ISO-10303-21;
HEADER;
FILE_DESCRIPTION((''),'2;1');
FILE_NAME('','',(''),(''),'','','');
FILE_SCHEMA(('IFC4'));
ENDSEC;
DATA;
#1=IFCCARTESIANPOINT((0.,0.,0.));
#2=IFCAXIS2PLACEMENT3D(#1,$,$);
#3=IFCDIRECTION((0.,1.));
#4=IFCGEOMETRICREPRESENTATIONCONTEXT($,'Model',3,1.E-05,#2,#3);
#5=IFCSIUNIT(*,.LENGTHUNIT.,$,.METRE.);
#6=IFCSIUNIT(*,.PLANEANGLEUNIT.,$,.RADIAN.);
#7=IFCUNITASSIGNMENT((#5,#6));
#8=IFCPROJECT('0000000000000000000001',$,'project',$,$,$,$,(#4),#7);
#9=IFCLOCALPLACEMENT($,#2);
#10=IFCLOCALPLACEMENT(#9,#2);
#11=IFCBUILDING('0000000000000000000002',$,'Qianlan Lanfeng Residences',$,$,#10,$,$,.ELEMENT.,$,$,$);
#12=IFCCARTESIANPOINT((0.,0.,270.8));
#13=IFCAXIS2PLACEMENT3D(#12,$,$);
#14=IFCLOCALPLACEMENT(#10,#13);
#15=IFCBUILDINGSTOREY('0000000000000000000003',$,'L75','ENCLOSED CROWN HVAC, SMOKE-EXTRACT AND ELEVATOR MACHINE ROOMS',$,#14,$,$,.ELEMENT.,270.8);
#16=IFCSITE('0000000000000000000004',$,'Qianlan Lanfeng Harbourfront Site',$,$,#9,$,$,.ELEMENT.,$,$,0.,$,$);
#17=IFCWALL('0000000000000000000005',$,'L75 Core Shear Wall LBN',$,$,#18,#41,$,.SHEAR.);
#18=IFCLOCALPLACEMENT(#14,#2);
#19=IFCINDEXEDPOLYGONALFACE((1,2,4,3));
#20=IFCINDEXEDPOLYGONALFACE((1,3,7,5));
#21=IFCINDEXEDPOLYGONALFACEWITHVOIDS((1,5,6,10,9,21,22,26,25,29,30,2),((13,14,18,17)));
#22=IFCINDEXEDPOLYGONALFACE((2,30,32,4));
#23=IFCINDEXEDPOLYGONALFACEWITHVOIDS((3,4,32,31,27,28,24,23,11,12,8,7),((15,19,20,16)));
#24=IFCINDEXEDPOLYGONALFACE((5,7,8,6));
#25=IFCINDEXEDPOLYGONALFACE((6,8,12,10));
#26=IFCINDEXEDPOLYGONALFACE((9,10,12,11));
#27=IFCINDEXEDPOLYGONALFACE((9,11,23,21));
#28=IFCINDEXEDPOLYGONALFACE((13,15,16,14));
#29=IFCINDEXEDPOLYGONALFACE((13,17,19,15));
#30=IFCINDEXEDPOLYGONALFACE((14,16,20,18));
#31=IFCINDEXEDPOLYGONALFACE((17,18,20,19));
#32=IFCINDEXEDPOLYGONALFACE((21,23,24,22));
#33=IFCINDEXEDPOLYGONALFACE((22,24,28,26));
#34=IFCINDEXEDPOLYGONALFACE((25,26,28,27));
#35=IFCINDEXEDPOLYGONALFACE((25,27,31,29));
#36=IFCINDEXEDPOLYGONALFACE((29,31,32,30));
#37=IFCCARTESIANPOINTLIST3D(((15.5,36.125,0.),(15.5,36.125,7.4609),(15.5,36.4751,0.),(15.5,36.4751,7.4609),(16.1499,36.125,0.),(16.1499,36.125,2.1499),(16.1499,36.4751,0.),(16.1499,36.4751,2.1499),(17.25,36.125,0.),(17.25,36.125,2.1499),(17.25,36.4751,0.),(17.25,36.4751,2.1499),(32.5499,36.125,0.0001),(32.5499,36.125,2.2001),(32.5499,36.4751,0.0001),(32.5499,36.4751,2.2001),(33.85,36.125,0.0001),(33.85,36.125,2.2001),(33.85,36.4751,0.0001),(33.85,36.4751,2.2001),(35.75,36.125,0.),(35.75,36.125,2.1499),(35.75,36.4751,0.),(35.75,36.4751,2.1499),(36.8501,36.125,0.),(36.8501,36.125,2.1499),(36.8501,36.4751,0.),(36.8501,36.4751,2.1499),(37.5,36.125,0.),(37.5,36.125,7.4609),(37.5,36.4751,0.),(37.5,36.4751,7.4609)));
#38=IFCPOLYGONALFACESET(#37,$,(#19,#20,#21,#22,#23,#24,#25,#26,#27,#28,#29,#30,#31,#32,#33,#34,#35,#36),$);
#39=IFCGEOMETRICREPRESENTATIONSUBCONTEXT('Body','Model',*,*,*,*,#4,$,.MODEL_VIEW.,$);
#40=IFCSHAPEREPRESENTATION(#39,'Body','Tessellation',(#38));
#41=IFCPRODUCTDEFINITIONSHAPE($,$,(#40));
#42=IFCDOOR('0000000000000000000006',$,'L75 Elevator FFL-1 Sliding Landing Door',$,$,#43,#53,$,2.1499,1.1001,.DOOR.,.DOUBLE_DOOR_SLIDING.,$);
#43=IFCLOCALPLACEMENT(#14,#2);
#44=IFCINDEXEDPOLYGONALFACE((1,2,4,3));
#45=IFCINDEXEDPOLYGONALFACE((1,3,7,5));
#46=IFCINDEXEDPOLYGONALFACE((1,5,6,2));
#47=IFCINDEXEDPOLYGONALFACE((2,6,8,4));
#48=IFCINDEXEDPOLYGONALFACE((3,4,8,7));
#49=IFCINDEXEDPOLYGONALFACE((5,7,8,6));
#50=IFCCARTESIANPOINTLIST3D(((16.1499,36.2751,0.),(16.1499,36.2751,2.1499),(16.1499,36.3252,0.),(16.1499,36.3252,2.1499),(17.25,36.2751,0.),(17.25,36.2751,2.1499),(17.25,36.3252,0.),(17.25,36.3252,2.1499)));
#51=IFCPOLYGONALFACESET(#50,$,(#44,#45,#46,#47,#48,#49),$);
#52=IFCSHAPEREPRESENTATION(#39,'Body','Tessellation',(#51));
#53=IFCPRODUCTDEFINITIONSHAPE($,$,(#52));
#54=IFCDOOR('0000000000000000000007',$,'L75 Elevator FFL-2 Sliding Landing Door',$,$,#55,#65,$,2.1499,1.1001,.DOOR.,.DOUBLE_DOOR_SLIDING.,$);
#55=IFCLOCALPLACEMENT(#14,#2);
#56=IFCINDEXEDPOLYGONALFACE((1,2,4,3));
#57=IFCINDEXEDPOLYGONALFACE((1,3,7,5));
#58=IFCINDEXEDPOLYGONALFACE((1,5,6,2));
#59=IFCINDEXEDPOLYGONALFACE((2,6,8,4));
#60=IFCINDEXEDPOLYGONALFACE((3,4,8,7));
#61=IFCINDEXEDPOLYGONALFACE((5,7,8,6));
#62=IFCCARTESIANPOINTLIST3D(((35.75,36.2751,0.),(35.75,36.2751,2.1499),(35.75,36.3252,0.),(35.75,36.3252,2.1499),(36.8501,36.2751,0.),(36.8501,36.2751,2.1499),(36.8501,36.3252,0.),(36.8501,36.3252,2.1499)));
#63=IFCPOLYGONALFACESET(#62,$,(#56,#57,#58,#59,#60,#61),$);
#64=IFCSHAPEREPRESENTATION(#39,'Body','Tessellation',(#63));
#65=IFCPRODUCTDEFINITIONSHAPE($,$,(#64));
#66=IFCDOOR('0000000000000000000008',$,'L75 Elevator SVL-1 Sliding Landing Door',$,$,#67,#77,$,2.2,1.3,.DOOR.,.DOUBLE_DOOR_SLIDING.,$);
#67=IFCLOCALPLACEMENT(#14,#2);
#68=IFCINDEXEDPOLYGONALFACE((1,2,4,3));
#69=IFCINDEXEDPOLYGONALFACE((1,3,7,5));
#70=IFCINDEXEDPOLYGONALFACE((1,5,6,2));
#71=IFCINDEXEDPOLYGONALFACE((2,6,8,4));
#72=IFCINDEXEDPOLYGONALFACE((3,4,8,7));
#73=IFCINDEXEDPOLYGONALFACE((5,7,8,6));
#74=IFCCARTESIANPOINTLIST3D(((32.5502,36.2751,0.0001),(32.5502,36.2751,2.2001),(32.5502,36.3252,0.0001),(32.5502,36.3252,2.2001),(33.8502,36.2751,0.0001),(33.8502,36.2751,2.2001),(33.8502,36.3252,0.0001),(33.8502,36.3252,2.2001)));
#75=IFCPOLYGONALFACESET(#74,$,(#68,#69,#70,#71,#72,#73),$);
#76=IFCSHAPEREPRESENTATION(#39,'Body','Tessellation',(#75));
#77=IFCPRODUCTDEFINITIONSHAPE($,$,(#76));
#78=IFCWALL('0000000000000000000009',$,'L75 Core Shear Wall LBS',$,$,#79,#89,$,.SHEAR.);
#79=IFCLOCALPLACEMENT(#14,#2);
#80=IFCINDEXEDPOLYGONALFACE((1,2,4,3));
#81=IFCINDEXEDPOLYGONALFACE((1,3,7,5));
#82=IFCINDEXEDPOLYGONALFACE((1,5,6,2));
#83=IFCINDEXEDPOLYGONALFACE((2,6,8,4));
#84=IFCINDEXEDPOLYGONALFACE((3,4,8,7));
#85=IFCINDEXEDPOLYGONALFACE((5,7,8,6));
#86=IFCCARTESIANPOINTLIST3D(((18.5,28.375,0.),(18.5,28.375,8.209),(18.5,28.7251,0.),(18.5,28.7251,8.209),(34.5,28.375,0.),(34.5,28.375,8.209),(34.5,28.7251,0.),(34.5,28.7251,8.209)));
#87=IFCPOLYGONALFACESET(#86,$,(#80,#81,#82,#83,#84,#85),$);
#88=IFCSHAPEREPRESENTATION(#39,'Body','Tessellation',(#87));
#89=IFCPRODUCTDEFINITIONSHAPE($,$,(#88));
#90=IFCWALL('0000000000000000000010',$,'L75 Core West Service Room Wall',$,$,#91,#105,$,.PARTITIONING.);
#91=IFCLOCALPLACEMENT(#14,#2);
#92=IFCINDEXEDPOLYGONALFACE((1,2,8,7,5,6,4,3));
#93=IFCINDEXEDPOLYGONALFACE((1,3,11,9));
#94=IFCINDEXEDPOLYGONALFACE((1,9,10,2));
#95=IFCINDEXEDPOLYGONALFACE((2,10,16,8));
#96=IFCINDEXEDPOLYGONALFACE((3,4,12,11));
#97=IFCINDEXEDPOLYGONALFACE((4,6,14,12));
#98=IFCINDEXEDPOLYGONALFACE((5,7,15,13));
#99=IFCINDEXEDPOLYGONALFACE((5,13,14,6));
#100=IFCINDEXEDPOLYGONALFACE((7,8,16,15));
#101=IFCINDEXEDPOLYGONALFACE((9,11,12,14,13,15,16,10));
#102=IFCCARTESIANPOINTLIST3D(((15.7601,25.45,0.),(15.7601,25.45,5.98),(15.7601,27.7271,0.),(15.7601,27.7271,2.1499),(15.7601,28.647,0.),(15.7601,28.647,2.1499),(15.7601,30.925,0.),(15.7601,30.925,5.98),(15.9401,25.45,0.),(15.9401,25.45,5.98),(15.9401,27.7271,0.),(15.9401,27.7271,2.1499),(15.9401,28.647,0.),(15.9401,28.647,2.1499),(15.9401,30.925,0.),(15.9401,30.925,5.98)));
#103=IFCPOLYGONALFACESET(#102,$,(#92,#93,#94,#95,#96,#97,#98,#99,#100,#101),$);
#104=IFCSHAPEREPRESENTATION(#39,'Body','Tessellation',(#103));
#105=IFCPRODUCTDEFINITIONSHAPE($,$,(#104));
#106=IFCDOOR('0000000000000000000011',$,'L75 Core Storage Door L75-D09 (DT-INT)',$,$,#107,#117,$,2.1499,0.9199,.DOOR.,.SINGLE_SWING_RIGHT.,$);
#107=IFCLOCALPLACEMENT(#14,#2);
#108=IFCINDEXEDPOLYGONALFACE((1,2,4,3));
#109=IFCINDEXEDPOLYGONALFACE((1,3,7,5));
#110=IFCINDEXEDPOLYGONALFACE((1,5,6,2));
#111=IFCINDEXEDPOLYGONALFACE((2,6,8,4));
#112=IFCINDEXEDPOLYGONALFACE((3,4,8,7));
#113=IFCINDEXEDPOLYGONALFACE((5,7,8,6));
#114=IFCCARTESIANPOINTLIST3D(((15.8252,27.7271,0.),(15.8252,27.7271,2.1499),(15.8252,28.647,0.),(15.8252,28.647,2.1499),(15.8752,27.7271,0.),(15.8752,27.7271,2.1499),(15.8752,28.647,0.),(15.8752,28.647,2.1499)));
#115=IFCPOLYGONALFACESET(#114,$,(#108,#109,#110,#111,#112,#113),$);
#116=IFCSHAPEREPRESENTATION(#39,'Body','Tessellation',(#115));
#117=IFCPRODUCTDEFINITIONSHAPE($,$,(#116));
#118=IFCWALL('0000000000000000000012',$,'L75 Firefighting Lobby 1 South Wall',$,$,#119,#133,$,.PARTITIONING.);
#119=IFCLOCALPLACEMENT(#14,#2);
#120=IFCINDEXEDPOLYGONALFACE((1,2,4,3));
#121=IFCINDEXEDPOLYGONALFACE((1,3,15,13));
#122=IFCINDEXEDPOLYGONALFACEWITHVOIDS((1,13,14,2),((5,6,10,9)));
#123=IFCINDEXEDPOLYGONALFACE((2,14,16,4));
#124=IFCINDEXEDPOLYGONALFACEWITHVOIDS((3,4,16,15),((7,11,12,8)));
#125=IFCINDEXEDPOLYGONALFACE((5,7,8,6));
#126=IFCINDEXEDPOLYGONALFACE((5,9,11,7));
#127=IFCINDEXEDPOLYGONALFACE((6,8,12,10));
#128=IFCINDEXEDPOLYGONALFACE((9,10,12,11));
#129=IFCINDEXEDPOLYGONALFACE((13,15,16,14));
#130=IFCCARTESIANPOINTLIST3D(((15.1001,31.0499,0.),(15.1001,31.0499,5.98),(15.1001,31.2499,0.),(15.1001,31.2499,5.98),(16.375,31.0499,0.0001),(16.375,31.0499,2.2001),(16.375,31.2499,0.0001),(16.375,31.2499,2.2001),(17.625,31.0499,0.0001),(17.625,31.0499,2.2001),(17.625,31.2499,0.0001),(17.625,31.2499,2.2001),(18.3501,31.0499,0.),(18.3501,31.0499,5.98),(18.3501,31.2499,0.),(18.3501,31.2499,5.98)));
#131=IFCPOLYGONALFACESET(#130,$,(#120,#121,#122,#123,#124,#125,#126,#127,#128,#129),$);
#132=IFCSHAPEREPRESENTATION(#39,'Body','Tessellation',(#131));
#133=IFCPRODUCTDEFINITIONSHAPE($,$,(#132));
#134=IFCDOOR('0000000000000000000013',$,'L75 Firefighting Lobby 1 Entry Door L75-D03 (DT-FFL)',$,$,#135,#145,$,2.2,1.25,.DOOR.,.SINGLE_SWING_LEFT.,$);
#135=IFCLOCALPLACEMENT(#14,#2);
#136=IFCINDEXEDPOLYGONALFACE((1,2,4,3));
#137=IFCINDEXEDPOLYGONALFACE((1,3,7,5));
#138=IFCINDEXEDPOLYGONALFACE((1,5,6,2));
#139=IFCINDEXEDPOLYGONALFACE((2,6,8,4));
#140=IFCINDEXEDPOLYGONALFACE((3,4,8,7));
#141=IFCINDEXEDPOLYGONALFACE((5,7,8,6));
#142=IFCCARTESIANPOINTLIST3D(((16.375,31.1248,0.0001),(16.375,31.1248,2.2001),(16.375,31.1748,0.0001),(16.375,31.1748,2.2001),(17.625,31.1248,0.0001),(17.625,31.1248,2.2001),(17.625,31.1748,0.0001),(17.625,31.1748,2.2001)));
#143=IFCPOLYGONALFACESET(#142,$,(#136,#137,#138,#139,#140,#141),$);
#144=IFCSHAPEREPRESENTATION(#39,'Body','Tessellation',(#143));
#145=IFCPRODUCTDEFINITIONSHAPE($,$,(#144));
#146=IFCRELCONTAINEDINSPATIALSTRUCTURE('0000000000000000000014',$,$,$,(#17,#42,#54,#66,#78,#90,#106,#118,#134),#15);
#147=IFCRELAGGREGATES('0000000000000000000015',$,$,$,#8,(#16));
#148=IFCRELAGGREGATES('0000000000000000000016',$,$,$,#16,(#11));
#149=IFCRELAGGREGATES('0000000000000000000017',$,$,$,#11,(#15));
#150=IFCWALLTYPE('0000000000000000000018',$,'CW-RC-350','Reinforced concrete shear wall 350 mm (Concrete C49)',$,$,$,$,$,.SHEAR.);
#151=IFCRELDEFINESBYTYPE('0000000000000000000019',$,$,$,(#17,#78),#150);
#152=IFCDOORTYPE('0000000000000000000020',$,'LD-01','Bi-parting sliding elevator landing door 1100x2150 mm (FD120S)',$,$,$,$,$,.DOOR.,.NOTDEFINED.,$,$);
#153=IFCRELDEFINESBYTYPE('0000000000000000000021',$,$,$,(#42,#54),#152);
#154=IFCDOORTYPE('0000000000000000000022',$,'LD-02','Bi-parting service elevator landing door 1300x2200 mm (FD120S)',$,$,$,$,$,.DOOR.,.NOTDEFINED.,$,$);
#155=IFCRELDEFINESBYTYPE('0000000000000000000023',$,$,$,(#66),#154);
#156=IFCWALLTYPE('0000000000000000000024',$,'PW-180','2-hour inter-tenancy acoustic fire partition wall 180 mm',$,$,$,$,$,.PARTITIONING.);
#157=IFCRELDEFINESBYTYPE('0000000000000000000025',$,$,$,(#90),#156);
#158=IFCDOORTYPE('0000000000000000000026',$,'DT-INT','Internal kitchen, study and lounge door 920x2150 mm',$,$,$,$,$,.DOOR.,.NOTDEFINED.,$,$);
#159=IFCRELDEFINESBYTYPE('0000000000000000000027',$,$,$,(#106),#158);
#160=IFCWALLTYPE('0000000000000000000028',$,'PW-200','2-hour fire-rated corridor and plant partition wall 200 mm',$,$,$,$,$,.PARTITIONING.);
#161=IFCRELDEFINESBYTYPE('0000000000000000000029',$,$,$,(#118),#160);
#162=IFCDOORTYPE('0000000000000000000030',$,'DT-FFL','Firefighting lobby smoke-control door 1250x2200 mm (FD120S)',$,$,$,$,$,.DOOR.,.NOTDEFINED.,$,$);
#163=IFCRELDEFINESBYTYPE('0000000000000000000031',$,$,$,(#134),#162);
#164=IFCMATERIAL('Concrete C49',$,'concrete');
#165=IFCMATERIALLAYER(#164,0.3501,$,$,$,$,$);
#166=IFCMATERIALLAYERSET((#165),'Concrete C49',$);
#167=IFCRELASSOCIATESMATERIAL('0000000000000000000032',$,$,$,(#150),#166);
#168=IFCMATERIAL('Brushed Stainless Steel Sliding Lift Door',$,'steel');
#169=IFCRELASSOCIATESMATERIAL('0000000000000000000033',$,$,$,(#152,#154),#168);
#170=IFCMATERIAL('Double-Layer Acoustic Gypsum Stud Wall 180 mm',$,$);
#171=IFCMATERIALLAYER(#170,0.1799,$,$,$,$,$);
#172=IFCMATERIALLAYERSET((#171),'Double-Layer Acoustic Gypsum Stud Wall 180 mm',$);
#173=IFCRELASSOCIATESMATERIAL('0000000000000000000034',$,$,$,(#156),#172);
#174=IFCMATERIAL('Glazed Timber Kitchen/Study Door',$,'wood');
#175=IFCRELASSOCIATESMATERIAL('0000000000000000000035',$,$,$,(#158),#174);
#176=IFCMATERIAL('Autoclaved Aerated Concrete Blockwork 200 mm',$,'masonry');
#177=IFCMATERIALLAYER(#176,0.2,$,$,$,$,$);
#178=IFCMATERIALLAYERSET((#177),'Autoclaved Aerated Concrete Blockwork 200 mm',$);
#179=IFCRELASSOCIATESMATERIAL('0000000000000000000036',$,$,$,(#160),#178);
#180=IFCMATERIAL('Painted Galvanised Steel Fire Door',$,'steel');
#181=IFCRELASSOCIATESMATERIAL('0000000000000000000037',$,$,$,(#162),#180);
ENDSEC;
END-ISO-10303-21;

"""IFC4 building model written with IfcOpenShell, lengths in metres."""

from ifc_helpers import new_model, si_unit, direction, frame, frame_2d, origin, place, context, subcontext, project, spatial, rectangle, extrude, material, layer, layer_set, type_object, element, fill, save


model = new_model("IFC4")

# Units and contexts
model_context = context("Model", 3, precision=1e-05, world=origin(), true_north=direction((0.0, 1.0)))
body_context = subcontext(model_context, "Body", "Model", "MODEL_VIEW")
ifc_project = project(units=[si_unit("LENGTHUNIT", "METRE"), si_unit("PLANEANGLEUNIT", "RADIAN")], contexts=[model_context])

# Site, building, storey
site_placement = place(None, origin())
site = spatial("IfcSite", under=ifc_project, at=site_placement, Name="Qianlan Lanfeng Harbourfront Site", CompositionType="ELEMENT", RefElevation=0.0)
building_placement = place(site_placement, origin())
building = spatial("IfcBuilding", under=site, at=building_placement, Name="Qianlan Lanfeng Residences", CompositionType="ELEMENT")
storey_placement = place(building_placement, frame((0.0, 0.0, 270.8)))
storey = spatial("IfcBuildingStorey", under=building, at=storey_placement, Name="L75", Description="ENCLOSED CROWN HVAC, SMOKE-EXTRACT AND ELEVATOR MACHINE ROOMS", CompositionType="ELEMENT", Elevation=270.8)

# Shared definitions
ifc_material_1 = material(Name="Concrete C49", Category="concrete")

# Shared definitions
ifc_layer_1 = layer(ifc_material_1, 0.3501)
ifc_layer_set_1 = layer_set([ifc_layer_1], Name="Concrete C49")
wall_type_1 = type_object("IfcWallType", Name="CW-RC-350", Description="Reinforced concrete shear wall 350 mm (Concrete C49)", PredefinedType="SHEAR", material=ifc_layer_set_1)
ifc_material_2 = material(Name="Painted Galvanised Steel Fire Door", Category="steel")

# Wall, openings, doors
wall_1_placement = place(storey_placement, frame((15.5, 36.3, 0.0), z_axis=(0.0, 0.0, 1.0), x_axis=(1.0, 0.0, 0.0)))
wall_1 = element("IfcWall", 1, at=wall_1_placement, inside=storey, type_object=wall_type_1, Name="L75 Core Shear Wall LBN", PredefinedType="SHEAR", context=body_context, shape_type="SweptSolid", body=[
    extrude(rectangle(XDim=22.0, YDim=0.3501, at=frame_2d((11.0, 0.0))), origin(), (0.0, 0.0, 1.0), 7.4609),
])
opening_1_placement = place(wall_1_placement, frame((0.6499, 0.0, 0.0)))
opening_1 = element("IfcOpeningElement", 2, at=opening_1_placement, cuts=wall_1, PredefinedType="OPENING", context=body_context, shape_type="SweptSolid", body=[
    extrude(rectangle(XDim=1.1001, YDim=2.1499, at=frame_2d((0.55, 1.075))), frame((0.0, 0.1851, 0.0), z_axis=(0.0, -1.0, 0.0), x_axis=(1.0, 0.0, 0.0)), (0.0, 0.0, 1.0), 0.3701),
])
opening_2_placement = place(wall_1_placement, frame((20.25, 0.0, 0.0)))
opening_2 = element("IfcOpeningElement", 3, at=opening_2_placement, cuts=wall_1, PredefinedType="OPENING", context=body_context, shape_type="SweptSolid", body=[
    extrude(rectangle(XDim=1.1001, YDim=2.1499, at=frame_2d((0.55, 1.075))), frame((0.0, 0.1851, 0.0), z_axis=(0.0, -1.0, 0.0), x_axis=(1.0, 0.0, 0.0)), (0.0, 0.0, 1.0), 0.3701),
])
opening_3_placement = place(wall_1_placement, frame((17.05, 0.0, 0.0)))
opening_3 = element("IfcOpeningElement", 4, at=opening_3_placement, cuts=wall_1, PredefinedType="OPENING", context=body_context, shape_type="SweptSolid", body=[
    extrude(rectangle(XDim=1.3, YDim=2.2, at=frame_2d((0.6499, 1.1001))), frame((0.0, 0.1851, 0.0), z_axis=(0.0, -1.0, 0.0), x_axis=(1.0, 0.0, 0.0)), (0.0, 0.0, 1.0), 0.3701),
])
ifc_material_3 = material(Name="Brushed Stainless Steel Sliding Lift Door", Category="steel")
door_type_1 = type_object("IfcDoorType", Name="LD-01", Description="Bi-parting sliding elevator landing door 1100x2150 mm (FD120S)", OperationType="NOTDEFINED", PredefinedType="DOOR", material=ifc_material_3)
door_1_placement = place(opening_1_placement, frame((1.1001, 0.0, 0.0), z_axis=(0.0, 0.0, 1.0), x_axis=(-1.0, 0.0, 0.0)))
door_1 = element("IfcDoor", 5, at=door_1_placement, inside=storey, type_object=door_type_1, Name="L75 Elevator FFL-1 Sliding Landing Door", OperationType="DOUBLE_DOOR_SLIDING", OverallHeight=2.1499, OverallWidth=1.1001, PredefinedType="DOOR", context=body_context, shape_type="SweptSolid", body=[
    extrude(rectangle(XDim=1.1001, YDim=2.1499, at=frame_2d((0.55, 1.075))), frame((0.0, 0.0249, 0.0), z_axis=(0.0, -1.0, 0.0), x_axis=(1.0, 0.0, 0.0)), (0.0, 0.0, 1.0), 0.05),
])
fill(opening_1, door_1)
door_2_placement = place(opening_2_placement, frame((1.1001, 0.0, 0.0), z_axis=(0.0, 0.0, 1.0), x_axis=(-1.0, 0.0, 0.0)))
door_2 = element("IfcDoor", 6, at=door_2_placement, inside=storey, type_object=door_type_1, Name="L75 Elevator FFL-2 Sliding Landing Door", OperationType="DOUBLE_DOOR_SLIDING", OverallHeight=2.1499, OverallWidth=1.1001, PredefinedType="DOOR", context=body_context, shape_type="SweptSolid", body=[
    extrude(rectangle(XDim=1.1001, YDim=2.1499, at=frame_2d((0.55, 1.075))), frame((0.0, 0.0249, 0.0), z_axis=(0.0, -1.0, 0.0), x_axis=(1.0, 0.0, 0.0)), (0.0, 0.0, 1.0), 0.05),
])
fill(opening_2, door_2)
door_type_2 = type_object("IfcDoorType", Name="LD-02", Description="Bi-parting service elevator landing door 1300x2200 mm (FD120S)", OperationType="NOTDEFINED", PredefinedType="DOOR", material=ifc_material_3)
door_3_placement = place(opening_3_placement, frame((1.3, 0.0, 0.0), z_axis=(0.0, 0.0, 1.0), x_axis=(-1.0, 0.0, 0.0)))
door_3 = element("IfcDoor", 7, at=door_3_placement, inside=storey, type_object=door_type_2, Name="L75 Elevator SVL-1 Sliding Landing Door", OperationType="DOUBLE_DOOR_SLIDING", OverallHeight=2.2, OverallWidth=1.3, PredefinedType="DOOR", context=body_context, shape_type="SweptSolid", body=[
    extrude(rectangle(XDim=1.3, YDim=2.2, at=frame_2d((0.6499, 1.1001))), frame((0.0, 0.0249, 0.0), z_axis=(0.0, -1.0, 0.0), x_axis=(1.0, 0.0, 0.0)), (0.0, 0.0, 1.0), 0.05),
])
fill(opening_3, door_3)

# Wall
wall_2_placement = place(storey_placement, frame((18.5, 28.55, 0.0), z_axis=(0.0, 0.0, 1.0), x_axis=(1.0, 0.0, 0.0)))
element("IfcWall", 8, at=wall_2_placement, inside=storey, type_object=wall_type_1, Name="L75 Core Shear Wall LBS", PredefinedType="SHEAR", context=body_context, shape_type="SweptSolid", body=[
    extrude(rectangle(XDim=16.0, YDim=0.3501, at=frame_2d((8.0, 0.0))), origin(), (0.0, 0.0, 1.0), 8.209),
])

# Walls, openings, doors
ifc_material_4 = material(Name="Double-Layer Acoustic Gypsum Stud Wall 180 mm")
ifc_layer_2 = layer(ifc_material_4, 0.1799)
ifc_layer_set_2 = layer_set([ifc_layer_2], Name="Double-Layer Acoustic Gypsum Stud Wall 180 mm")
wall_type_2 = type_object("IfcWallType", Name="PW-180", Description="2-hour inter-tenancy acoustic fire partition wall 180 mm", PredefinedType="PARTITIONING", material=ifc_layer_set_2)
wall_3_placement = place(storey_placement, frame((15.8501, 25.45, 0.0), z_axis=(0.0, 0.0, 1.0), x_axis=(0.0, 1.0, 0.0)))
wall_3 = element("IfcWall", 9, at=wall_3_placement, inside=storey, type_object=wall_type_2, Name="L75 Core West Service Room Wall", PredefinedType="PARTITIONING", context=body_context, shape_type="SweptSolid", body=[
    extrude(rectangle(XDim=5.4751, YDim=0.1799, at=frame_2d((2.7375, 0.0))), origin(), (0.0, 0.0, 1.0), 5.98),
])
opening_4_placement = place(wall_3_placement, frame((2.2771, 0.0, 0.0)))
opening_4 = element("IfcOpeningElement", 10, at=opening_4_placement, cuts=wall_3, PredefinedType="OPENING", context=body_context, shape_type="SweptSolid", body=[
    extrude(rectangle(XDim=0.9199, YDim=2.1499, at=frame_2d((0.46, 1.075))), frame((0.0, 0.1001, 0.0), z_axis=(0.0, -1.0, 0.0), x_axis=(1.0, 0.0, 0.0)), (0.0, 0.0, 1.0), 0.2),
])
ifc_material_5 = material(Name="Glazed Timber Kitchen/Study Door", Category="wood")
door_type_3 = type_object("IfcDoorType", Name="DT-INT", Description="Internal kitchen, study and lounge door 920x2150 mm", OperationType="NOTDEFINED", PredefinedType="DOOR", material=ifc_material_5)
door_4_placement = place(opening_4_placement, origin())
door_4 = element("IfcDoor", 11, at=door_4_placement, inside=storey, type_object=door_type_3, Name="L75 Core Storage Door L75-D09 (DT-INT)", OperationType="SINGLE_SWING_RIGHT", OverallHeight=2.1499, OverallWidth=0.9199, PredefinedType="DOOR", context=body_context, shape_type="SweptSolid", body=[
    extrude(rectangle(XDim=0.9199, YDim=2.1499, at=frame_2d((0.46, 1.075))), frame((0.0, 0.0249, 0.0), z_axis=(0.0, -1.0, 0.0), x_axis=(1.0, 0.0, 0.0)), (0.0, 0.0, 1.0), 0.05),
])
fill(opening_4, door_4)
ifc_material_6 = material(Name="Autoclaved Aerated Concrete Blockwork 200 mm", Category="masonry")
ifc_layer_3 = layer(ifc_material_6, 0.2)
ifc_layer_set_3 = layer_set([ifc_layer_3], Name="Autoclaved Aerated Concrete Blockwork 200 mm")
wall_type_3 = type_object("IfcWallType", Name="PW-200", Description="2-hour fire-rated corridor and plant partition wall 200 mm", PredefinedType="PARTITIONING", material=ifc_layer_set_3)
wall_4_placement = place(storey_placement, frame((15.1001, 31.1499, 0.0), z_axis=(0.0, 0.0, 1.0), x_axis=(1.0, 0.0, 0.0)))
wall_4 = element("IfcWall", 12, at=wall_4_placement, inside=storey, type_object=wall_type_3, Name="L75 Firefighting Lobby 1 South Wall", PredefinedType="PARTITIONING", context=body_context, shape_type="SweptSolid", body=[
    extrude(rectangle(XDim=3.25, YDim=0.2, at=frame_2d((1.625, 0.0))), origin(), (0.0, 0.0, 1.0), 5.98),
])
opening_5_placement = place(wall_4_placement, frame((1.2749, 0.0, 0.0)))
opening_5 = element("IfcOpeningElement", 13, at=opening_5_placement, cuts=wall_4, PredefinedType="OPENING", context=body_context, shape_type="SweptSolid", body=[
    extrude(rectangle(XDim=1.25, YDim=2.2, at=frame_2d((0.625, 1.1001))), frame((0.0, 0.1099, 0.0), z_axis=(0.0, -1.0, 0.0), x_axis=(1.0, 0.0, 0.0)), (0.0, 0.0, 1.0), 0.22),
])
door_type_4 = type_object("IfcDoorType", Name="DT-FFL", Description="Firefighting lobby smoke-control door 1250x2200 mm (FD120S)", OperationType="NOTDEFINED", PredefinedType="DOOR", material=ifc_material_2)
door_5_placement = place(opening_5_placement, origin())
door_5 = element("IfcDoor", 14, at=door_5_placement, inside=storey, type_object=door_type_4, Name="L75 Firefighting Lobby 1 Entry Door L75-D03 (DT-FFL)", OperationType="SINGLE_SWING_LEFT", OverallHeight=2.2, OverallWidth=1.25, PredefinedType="DOOR", context=body_context, shape_type="SweptSolid", body=[
    extrude(rectangle(XDim=1.25, YDim=2.2, at=frame_2d((0.625, 1.1001))), frame((0.0, 0.0249, 0.0), z_axis=(0.0, -1.0, 0.0), x_axis=(1.0, 0.0, 0.0)), (0.0, 0.0, 1.0), 0.05),
])
fill(opening_5, door_5)

save(model, "model.ifc")
